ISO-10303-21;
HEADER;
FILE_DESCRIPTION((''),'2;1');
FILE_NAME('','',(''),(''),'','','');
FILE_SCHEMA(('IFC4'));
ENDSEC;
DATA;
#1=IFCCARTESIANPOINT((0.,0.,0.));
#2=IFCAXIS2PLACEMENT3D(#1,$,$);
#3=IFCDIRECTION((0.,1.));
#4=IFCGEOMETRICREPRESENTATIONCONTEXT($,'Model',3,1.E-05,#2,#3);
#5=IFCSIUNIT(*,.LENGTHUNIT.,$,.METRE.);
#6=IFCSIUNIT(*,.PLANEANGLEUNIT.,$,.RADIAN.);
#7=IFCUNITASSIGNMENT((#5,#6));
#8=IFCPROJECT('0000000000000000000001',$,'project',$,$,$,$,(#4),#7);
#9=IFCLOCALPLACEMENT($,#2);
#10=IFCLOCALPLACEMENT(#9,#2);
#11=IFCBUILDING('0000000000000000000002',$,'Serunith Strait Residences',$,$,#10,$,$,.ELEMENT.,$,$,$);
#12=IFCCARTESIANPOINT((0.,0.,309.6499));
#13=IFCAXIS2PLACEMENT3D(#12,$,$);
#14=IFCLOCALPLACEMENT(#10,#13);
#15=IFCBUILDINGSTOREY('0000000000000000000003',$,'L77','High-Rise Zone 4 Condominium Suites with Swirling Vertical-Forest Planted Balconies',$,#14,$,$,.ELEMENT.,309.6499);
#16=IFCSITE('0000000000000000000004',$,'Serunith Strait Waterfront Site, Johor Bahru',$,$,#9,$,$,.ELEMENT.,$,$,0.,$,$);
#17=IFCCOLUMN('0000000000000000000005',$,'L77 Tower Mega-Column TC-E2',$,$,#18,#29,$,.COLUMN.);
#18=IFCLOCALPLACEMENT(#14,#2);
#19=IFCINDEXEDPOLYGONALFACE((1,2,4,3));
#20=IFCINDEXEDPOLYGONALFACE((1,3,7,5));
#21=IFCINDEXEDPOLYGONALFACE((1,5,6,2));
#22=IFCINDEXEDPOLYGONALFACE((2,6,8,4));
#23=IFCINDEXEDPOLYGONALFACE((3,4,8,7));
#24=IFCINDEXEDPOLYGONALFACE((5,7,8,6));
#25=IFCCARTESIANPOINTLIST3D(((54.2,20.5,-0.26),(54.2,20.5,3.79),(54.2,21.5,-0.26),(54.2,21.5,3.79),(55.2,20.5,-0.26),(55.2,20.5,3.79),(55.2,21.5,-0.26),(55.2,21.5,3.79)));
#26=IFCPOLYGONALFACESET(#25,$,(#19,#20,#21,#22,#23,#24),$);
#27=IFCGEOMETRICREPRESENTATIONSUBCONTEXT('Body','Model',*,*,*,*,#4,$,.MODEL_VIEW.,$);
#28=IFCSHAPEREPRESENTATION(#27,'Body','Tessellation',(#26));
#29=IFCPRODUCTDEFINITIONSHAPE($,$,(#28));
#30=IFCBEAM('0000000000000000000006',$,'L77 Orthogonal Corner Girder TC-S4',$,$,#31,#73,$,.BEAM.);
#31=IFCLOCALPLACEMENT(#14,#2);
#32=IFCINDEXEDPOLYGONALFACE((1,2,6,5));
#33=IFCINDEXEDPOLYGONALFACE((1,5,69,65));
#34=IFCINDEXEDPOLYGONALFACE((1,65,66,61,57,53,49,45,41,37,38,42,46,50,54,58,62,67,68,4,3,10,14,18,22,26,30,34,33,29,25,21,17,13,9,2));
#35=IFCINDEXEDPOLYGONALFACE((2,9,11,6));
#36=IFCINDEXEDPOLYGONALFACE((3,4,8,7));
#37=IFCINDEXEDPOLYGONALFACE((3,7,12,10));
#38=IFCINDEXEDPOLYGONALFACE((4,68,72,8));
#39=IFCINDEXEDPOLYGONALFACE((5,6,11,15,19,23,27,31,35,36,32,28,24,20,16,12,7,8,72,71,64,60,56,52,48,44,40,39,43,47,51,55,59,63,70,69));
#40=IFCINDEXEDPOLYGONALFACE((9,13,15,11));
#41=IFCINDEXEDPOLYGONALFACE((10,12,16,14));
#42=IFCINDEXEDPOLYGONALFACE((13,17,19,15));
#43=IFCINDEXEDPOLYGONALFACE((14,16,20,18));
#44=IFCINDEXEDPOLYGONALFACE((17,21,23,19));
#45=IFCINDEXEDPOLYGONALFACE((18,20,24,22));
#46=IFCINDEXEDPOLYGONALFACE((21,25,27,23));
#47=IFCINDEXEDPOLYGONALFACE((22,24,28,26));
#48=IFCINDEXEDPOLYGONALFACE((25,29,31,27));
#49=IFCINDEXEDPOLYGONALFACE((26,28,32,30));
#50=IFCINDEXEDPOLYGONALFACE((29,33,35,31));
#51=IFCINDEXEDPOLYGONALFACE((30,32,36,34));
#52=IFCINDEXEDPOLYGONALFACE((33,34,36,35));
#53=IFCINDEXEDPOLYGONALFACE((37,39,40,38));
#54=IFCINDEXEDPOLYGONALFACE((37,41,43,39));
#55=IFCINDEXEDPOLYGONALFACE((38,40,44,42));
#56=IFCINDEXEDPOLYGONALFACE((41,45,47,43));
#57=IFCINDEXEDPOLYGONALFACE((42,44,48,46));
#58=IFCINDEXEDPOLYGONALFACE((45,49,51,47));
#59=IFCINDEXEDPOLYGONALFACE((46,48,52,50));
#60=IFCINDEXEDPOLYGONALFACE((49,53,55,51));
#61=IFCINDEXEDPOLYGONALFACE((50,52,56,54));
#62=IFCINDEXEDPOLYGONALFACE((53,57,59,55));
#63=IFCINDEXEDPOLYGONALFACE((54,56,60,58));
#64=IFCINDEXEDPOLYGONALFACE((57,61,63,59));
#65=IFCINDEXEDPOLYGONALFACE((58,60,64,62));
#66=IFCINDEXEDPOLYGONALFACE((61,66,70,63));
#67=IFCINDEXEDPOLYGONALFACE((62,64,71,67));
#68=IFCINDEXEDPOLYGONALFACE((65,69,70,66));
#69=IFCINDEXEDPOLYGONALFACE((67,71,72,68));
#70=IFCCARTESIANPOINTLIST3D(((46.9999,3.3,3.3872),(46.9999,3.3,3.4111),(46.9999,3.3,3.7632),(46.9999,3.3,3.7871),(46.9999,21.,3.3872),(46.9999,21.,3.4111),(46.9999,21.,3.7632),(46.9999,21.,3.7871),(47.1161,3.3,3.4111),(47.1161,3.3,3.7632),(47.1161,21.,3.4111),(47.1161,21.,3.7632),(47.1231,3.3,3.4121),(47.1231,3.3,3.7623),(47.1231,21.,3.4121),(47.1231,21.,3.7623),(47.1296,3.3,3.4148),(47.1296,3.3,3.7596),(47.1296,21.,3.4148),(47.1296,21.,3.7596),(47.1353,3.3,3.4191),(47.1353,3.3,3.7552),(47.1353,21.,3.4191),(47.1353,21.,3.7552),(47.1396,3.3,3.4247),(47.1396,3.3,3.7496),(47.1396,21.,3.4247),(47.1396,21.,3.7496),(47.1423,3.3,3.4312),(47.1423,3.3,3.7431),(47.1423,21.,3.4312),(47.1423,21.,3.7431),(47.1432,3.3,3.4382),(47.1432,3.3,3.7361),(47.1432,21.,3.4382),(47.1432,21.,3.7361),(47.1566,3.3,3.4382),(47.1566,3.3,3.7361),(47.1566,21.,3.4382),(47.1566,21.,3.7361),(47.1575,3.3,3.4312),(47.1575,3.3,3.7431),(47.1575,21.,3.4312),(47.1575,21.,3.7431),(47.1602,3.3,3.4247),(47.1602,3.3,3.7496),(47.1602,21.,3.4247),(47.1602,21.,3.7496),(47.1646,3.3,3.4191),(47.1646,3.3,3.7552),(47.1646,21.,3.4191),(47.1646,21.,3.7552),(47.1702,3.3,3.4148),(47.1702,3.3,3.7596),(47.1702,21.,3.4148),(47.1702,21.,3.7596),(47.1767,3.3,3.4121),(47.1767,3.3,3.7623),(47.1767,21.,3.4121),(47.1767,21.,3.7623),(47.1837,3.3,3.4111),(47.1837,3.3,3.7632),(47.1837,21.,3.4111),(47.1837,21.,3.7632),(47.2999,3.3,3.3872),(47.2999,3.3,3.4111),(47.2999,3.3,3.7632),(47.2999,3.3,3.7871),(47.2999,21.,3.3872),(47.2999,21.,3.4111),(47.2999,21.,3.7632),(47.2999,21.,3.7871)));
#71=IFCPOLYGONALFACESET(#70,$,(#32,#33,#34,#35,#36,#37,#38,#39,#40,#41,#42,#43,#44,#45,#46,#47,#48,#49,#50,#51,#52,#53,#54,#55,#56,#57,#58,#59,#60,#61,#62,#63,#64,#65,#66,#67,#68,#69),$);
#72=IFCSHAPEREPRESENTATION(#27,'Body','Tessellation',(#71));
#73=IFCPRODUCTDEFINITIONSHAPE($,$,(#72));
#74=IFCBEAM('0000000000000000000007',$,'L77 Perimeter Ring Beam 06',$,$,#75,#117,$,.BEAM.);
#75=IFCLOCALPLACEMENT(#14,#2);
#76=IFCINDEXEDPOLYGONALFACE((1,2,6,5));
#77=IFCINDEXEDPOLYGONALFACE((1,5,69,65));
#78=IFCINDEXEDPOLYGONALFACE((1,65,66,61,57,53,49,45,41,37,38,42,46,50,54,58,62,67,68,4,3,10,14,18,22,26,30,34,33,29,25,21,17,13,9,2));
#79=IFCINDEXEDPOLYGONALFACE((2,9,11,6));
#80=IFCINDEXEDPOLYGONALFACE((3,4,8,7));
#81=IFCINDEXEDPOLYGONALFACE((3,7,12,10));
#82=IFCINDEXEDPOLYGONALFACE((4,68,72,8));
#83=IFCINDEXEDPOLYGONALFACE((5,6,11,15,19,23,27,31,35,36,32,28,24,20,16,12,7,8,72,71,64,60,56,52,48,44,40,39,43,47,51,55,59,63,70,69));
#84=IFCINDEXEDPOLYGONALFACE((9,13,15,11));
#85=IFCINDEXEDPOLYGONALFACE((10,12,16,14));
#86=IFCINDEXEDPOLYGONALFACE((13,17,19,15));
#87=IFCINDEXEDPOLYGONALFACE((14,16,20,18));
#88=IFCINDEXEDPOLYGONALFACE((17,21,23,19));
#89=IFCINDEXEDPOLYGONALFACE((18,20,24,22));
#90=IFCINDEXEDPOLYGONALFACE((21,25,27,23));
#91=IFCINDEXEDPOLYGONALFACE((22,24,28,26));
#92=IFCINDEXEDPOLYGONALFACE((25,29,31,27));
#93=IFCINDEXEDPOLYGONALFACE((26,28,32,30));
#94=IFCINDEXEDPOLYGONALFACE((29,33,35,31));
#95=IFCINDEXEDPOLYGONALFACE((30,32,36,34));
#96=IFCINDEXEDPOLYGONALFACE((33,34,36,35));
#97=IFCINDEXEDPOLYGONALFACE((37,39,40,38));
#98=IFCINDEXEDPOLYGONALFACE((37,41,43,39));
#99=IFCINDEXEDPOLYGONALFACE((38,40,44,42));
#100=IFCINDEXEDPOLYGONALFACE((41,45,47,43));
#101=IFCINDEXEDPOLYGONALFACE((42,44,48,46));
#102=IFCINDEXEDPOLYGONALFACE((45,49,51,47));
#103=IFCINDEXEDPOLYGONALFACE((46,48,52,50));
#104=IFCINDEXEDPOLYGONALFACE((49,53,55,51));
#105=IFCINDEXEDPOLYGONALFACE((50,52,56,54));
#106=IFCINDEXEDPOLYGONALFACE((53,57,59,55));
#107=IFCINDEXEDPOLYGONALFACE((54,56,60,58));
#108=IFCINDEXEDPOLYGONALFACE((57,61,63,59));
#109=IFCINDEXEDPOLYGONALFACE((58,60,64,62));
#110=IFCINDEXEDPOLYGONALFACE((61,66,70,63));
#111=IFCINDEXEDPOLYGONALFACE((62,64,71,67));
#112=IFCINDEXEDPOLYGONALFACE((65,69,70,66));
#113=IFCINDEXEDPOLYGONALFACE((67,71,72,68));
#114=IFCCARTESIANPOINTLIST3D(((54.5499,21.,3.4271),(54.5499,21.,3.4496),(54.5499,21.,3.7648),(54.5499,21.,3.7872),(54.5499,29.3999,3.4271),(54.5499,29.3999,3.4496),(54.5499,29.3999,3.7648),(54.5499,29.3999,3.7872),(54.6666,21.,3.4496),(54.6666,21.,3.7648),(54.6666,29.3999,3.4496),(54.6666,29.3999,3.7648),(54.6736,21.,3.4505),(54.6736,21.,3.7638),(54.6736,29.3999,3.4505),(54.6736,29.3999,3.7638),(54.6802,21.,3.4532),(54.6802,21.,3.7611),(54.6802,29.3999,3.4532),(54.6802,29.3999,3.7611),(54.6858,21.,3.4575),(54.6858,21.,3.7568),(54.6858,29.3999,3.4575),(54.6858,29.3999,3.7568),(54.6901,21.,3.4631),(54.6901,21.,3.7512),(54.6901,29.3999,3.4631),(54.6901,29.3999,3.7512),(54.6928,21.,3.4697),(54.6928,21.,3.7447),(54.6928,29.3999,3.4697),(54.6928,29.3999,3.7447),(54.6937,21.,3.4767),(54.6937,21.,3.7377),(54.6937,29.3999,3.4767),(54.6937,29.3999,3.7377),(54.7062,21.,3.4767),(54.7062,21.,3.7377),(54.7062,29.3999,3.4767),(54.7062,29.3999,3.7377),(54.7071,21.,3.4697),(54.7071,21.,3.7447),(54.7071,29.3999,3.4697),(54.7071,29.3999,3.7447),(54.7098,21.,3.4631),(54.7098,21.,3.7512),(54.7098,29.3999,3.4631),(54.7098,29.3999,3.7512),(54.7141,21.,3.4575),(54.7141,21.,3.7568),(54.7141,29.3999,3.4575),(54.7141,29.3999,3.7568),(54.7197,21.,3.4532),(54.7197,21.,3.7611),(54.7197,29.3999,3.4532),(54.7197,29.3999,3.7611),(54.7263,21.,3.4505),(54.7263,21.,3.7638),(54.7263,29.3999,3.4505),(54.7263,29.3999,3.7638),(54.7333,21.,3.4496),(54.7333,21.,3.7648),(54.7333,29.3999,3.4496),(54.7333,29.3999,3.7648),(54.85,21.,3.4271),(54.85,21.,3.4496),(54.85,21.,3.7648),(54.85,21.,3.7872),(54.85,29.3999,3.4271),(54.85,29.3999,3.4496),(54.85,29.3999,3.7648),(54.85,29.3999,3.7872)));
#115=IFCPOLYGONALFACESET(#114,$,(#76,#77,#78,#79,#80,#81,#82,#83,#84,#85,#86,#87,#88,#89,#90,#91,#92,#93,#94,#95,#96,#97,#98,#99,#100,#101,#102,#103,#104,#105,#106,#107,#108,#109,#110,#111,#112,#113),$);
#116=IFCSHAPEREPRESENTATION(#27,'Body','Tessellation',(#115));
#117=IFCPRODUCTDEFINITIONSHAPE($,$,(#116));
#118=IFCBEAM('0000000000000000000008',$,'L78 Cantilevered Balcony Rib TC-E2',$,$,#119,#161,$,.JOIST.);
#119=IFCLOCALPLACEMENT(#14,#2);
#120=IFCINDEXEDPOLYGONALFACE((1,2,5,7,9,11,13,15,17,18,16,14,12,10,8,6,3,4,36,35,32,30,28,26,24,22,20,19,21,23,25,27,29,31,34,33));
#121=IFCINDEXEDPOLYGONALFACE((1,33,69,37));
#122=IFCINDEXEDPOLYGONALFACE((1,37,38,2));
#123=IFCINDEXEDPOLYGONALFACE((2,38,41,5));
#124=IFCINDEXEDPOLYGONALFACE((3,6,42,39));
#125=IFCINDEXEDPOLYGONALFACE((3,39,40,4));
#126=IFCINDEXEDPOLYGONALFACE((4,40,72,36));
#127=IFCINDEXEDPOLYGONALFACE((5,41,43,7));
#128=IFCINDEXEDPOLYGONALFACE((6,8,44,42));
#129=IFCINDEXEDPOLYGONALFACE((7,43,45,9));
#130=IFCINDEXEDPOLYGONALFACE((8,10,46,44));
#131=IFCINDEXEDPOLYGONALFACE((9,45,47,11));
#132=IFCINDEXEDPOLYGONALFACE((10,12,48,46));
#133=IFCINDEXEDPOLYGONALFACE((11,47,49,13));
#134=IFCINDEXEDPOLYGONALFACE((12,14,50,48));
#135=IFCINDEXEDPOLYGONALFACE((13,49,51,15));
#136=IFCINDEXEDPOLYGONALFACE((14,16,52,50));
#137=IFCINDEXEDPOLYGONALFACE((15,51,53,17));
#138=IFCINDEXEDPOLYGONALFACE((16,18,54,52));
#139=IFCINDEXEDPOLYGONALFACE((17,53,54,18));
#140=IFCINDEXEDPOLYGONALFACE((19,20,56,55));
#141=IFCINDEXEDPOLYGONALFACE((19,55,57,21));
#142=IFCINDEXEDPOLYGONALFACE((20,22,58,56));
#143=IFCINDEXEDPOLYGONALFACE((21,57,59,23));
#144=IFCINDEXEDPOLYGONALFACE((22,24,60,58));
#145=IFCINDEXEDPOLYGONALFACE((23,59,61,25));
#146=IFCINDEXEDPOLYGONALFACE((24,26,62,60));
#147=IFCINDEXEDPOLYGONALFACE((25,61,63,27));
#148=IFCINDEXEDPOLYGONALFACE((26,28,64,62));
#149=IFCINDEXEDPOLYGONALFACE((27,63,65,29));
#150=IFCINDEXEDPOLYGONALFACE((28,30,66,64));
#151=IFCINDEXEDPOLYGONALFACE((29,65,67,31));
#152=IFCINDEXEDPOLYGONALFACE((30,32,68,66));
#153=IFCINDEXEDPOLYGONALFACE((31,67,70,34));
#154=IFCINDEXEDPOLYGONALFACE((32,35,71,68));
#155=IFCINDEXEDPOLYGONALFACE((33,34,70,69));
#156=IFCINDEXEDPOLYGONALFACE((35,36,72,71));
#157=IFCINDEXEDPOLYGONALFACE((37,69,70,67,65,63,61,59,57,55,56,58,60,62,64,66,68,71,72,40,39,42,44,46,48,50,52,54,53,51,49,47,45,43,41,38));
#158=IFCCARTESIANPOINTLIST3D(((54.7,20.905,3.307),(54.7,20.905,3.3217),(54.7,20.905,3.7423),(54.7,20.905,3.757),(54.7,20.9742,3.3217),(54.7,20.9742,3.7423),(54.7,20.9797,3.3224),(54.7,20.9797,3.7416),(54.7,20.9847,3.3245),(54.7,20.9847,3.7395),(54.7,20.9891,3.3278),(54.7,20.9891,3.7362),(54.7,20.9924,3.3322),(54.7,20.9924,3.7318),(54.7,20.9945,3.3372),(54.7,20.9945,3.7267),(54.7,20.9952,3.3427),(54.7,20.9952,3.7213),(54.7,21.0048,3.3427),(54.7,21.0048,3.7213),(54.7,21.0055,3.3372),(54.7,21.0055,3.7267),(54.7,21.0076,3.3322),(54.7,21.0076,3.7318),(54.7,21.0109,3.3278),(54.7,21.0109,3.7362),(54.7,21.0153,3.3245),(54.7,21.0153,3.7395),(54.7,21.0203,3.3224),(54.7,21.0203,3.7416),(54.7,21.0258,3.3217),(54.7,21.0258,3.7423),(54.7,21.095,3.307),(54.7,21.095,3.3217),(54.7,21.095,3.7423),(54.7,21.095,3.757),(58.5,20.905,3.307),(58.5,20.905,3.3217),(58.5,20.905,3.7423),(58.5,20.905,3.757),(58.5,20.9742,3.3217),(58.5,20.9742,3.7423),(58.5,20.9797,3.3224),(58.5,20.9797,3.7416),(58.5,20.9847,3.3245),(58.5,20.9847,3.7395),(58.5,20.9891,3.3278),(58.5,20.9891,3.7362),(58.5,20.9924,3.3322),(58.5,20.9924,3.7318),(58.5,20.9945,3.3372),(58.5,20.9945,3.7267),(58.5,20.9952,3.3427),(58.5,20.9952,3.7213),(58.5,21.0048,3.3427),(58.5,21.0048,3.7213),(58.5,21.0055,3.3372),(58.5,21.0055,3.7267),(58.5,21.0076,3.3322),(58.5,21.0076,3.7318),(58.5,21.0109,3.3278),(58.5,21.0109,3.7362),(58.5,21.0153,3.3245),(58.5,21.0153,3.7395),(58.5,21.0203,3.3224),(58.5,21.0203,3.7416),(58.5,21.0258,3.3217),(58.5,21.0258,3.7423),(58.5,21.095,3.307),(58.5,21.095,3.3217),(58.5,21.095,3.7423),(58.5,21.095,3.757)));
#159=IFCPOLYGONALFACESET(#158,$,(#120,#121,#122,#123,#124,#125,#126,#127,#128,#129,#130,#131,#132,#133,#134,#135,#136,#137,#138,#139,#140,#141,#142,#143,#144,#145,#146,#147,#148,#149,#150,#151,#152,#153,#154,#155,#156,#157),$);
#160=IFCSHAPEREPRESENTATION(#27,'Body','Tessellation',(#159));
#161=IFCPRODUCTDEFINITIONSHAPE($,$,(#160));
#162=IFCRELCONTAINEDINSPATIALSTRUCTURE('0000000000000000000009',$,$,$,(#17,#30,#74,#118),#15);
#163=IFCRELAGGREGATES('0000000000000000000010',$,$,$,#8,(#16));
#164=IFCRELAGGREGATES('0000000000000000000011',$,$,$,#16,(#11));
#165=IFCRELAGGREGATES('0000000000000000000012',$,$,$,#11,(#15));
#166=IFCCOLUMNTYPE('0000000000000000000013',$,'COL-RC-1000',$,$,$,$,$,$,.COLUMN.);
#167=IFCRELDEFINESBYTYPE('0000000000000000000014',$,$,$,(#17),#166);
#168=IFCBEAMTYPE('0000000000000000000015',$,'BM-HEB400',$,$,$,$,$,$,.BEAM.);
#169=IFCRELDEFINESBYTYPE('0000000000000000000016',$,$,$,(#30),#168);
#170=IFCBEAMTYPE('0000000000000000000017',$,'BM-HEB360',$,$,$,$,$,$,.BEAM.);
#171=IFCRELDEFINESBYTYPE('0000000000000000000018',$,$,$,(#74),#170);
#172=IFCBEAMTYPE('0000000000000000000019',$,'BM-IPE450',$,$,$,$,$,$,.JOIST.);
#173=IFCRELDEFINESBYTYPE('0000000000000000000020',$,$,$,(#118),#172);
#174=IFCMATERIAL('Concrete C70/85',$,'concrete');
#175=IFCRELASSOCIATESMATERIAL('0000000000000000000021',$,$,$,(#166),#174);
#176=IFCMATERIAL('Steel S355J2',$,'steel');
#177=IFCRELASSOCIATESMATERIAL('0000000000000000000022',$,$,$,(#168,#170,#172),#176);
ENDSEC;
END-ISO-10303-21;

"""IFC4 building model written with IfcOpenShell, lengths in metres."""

from ifc_helpers import new_model, si_unit, direction, frame, origin, origin_2d, place, context, subcontext, project, spatial, rectangle, i_section, extrude, source, transform, mapped, material, material_profile, profile_set, type_object, element, save


model = new_model("IFC4")

# Units and contexts
model_context = context("Model", 3, precision=1e-05, world=origin(), true_north=direction((0.0, 1.0)))
body_context = subcontext(model_context, "Body", "Model", "MODEL_VIEW")
ifc_project = project(units=[si_unit("LENGTHUNIT", "METRE"), si_unit("PLANEANGLEUNIT", "RADIAN")], contexts=[model_context])

# Site, building, storey
site_placement = place(None, origin())
site = spatial("IfcSite", under=ifc_project, at=site_placement, Name="Serunith Strait Waterfront Site, Johor Bahru", CompositionType="ELEMENT", RefElevation=0.0)
building_placement = place(site_placement, origin())
building = spatial("IfcBuilding", under=site, at=building_placement, Name="Serunith Strait Residences", CompositionType="ELEMENT")
storey_placement = place(building_placement, frame((0.0, 0.0, 309.6499)))
storey = spatial("IfcBuildingStorey", under=building, at=storey_placement, Name="L77", Description="High-Rise Zone 4 Condominium Suites with Swirling Vertical-Forest Planted Balconies", CompositionType="ELEMENT", Elevation=309.6499)

# Column
ifc_material_1 = material(Name="Concrete C70/85", Category="concrete")
ifc_material_profile_1 = material_profile(ifc_material_1, rectangle(XDim=1.0, YDim=1.0, at=origin_2d()), Name="RC 1000x1000")
ifc_profile_set_1 = profile_set([ifc_material_profile_1], Name="Concrete C70/85")
column_type = type_object("IfcColumnType", Name="COL-RC-1000", PredefinedType="COLUMN", material=ifc_profile_set_1)
shared_shape_1 = source(origin(), body_context, "Body", "SweptSolid", [
    extrude(rectangle(XDim=1.0, YDim=1.0, at=origin_2d()), origin(), (0.0, 0.0, 1.0), 4.05),
])
column_placement = place(storey_placement, frame((54.7, 21.0, -0.26), z_axis=(0.0, 0.0, 1.0), x_axis=(1.0, 0.0, 0.0)))
element("IfcColumn", 1, at=column_placement, inside=storey, type_object=column_type, Name="L77 Tower Mega-Column TC-E2", PredefinedType="COLUMN", context=body_context, shape_type="MappedRepresentation", body=[
    mapped(shared_shape_1, transform((0.0, 0.0, 0.0), scale=1.0)),
])

# Beams
ifc_material_2 = material(Name="Steel S355J2", Category="steel")
ifc_material_profile_2 = material_profile(ifc_material_2, i_section(OverallWidth=0.3, OverallDepth=0.3999, WebThickness=0.0134, FlangeThickness=0.0239, FilletRadius=0.0271, at=origin_2d()), Name="HEB 400")
ifc_profile_set_2 = profile_set([ifc_material_profile_2], Name="Steel S355J2")
beam_type_1 = type_object("IfcBeamType", Name="BM-HEB400", PredefinedType="BEAM", material=ifc_profile_set_2)
shared_shape_2 = source(origin(), body_context, "Body", "SweptSolid", [
    extrude(i_section(OverallWidth=0.3, OverallDepth=0.3999, WebThickness=0.0134, FlangeThickness=0.0239, FilletRadius=0.0271, at=origin_2d()), origin(), (0.0, 0.0, 1.0), 17.7),
])
beam_1_placement = place(storey_placement, frame((47.1499, 21.0, 3.5872), z_axis=(0.0, -1.0, 0.0), x_axis=(1.0, 0.0, 0.0)))
element("IfcBeam", 2, at=beam_1_placement, inside=storey, type_object=beam_type_1, Name="L77 Orthogonal Corner Girder TC-S4", PredefinedType="BEAM", context=body_context, shape_type="MappedRepresentation", body=[
    mapped(shared_shape_2, transform((0.0, 0.0, 0.0), scale=1.0)),
])
ifc_material_profile_3 = material_profile(ifc_material_2, i_section(OverallWidth=0.3, OverallDepth=0.3601, WebThickness=0.0125, FlangeThickness=0.0225, FilletRadius=0.0271, at=origin_2d()), Name="HEB 360")
ifc_profile_set_3 = profile_set([ifc_material_profile_3], Name="Steel S355J2")
beam_type_2 = type_object("IfcBeamType", Name="BM-HEB360", PredefinedType="BEAM", material=ifc_profile_set_3)
shared_shape_3 = source(origin(), body_context, "Body", "SweptSolid", [
    extrude(i_section(OverallWidth=0.3, OverallDepth=0.3601, WebThickness=0.0125, FlangeThickness=0.0225, FilletRadius=0.0271, at=origin_2d()), origin(), (0.0, 0.0, 1.0), 8.3999),
])
beam_2_placement = place(storey_placement, frame((54.7, 21.0, 3.6072), z_axis=(0.0, 1.0, 0.0), x_axis=(-1.0, 0.0, 0.0)))
element("IfcBeam", 3, at=beam_2_placement, inside=storey, type_object=beam_type_2, Name="L77 Perimeter Ring Beam 06", PredefinedType="BEAM", context=body_context, shape_type="MappedRepresentation", body=[
    mapped(shared_shape_3, transform((0.0, 0.0, 0.0), scale=1.0)),
])
ifc_material_profile_4 = material_profile(ifc_material_2, i_section(OverallWidth=0.1899, OverallDepth=0.45, WebThickness=0.0095, FlangeThickness=0.0146, FilletRadius=0.021, at=origin_2d()), Name="IPE 450")
ifc_profile_set_4 = profile_set([ifc_material_profile_4], Name="Steel S355J2")
beam_type_3 = type_object("IfcBeamType", Name="BM-IPE450", PredefinedType="JOIST", material=ifc_profile_set_4)
shared_shape_4 = source(origin(), body_context, "Body", "SweptSolid", [
    extrude(i_section(OverallWidth=0.1899, OverallDepth=0.45, WebThickness=0.0095, FlangeThickness=0.0146, FilletRadius=0.021, at=origin_2d()), origin(), (0.0, 0.0, 1.0), 3.8),
])
beam_3_placement = place(storey_placement, frame((54.7, 21.0, 3.532), z_axis=(1.0, 0.0, 0.0), x_axis=(0.0, 1.0, 0.0)))
element("IfcBeam", 4, at=beam_3_placement, inside=storey, type_object=beam_type_3, Name="L78 Cantilevered Balcony Rib TC-E2", PredefinedType="JOIST", context=body_context, shape_type="MappedRepresentation", body=[
    mapped(shared_shape_4, transform((0.0, 0.0, 0.0), scale=1.0)),
])

save(model, "model.ifc")
